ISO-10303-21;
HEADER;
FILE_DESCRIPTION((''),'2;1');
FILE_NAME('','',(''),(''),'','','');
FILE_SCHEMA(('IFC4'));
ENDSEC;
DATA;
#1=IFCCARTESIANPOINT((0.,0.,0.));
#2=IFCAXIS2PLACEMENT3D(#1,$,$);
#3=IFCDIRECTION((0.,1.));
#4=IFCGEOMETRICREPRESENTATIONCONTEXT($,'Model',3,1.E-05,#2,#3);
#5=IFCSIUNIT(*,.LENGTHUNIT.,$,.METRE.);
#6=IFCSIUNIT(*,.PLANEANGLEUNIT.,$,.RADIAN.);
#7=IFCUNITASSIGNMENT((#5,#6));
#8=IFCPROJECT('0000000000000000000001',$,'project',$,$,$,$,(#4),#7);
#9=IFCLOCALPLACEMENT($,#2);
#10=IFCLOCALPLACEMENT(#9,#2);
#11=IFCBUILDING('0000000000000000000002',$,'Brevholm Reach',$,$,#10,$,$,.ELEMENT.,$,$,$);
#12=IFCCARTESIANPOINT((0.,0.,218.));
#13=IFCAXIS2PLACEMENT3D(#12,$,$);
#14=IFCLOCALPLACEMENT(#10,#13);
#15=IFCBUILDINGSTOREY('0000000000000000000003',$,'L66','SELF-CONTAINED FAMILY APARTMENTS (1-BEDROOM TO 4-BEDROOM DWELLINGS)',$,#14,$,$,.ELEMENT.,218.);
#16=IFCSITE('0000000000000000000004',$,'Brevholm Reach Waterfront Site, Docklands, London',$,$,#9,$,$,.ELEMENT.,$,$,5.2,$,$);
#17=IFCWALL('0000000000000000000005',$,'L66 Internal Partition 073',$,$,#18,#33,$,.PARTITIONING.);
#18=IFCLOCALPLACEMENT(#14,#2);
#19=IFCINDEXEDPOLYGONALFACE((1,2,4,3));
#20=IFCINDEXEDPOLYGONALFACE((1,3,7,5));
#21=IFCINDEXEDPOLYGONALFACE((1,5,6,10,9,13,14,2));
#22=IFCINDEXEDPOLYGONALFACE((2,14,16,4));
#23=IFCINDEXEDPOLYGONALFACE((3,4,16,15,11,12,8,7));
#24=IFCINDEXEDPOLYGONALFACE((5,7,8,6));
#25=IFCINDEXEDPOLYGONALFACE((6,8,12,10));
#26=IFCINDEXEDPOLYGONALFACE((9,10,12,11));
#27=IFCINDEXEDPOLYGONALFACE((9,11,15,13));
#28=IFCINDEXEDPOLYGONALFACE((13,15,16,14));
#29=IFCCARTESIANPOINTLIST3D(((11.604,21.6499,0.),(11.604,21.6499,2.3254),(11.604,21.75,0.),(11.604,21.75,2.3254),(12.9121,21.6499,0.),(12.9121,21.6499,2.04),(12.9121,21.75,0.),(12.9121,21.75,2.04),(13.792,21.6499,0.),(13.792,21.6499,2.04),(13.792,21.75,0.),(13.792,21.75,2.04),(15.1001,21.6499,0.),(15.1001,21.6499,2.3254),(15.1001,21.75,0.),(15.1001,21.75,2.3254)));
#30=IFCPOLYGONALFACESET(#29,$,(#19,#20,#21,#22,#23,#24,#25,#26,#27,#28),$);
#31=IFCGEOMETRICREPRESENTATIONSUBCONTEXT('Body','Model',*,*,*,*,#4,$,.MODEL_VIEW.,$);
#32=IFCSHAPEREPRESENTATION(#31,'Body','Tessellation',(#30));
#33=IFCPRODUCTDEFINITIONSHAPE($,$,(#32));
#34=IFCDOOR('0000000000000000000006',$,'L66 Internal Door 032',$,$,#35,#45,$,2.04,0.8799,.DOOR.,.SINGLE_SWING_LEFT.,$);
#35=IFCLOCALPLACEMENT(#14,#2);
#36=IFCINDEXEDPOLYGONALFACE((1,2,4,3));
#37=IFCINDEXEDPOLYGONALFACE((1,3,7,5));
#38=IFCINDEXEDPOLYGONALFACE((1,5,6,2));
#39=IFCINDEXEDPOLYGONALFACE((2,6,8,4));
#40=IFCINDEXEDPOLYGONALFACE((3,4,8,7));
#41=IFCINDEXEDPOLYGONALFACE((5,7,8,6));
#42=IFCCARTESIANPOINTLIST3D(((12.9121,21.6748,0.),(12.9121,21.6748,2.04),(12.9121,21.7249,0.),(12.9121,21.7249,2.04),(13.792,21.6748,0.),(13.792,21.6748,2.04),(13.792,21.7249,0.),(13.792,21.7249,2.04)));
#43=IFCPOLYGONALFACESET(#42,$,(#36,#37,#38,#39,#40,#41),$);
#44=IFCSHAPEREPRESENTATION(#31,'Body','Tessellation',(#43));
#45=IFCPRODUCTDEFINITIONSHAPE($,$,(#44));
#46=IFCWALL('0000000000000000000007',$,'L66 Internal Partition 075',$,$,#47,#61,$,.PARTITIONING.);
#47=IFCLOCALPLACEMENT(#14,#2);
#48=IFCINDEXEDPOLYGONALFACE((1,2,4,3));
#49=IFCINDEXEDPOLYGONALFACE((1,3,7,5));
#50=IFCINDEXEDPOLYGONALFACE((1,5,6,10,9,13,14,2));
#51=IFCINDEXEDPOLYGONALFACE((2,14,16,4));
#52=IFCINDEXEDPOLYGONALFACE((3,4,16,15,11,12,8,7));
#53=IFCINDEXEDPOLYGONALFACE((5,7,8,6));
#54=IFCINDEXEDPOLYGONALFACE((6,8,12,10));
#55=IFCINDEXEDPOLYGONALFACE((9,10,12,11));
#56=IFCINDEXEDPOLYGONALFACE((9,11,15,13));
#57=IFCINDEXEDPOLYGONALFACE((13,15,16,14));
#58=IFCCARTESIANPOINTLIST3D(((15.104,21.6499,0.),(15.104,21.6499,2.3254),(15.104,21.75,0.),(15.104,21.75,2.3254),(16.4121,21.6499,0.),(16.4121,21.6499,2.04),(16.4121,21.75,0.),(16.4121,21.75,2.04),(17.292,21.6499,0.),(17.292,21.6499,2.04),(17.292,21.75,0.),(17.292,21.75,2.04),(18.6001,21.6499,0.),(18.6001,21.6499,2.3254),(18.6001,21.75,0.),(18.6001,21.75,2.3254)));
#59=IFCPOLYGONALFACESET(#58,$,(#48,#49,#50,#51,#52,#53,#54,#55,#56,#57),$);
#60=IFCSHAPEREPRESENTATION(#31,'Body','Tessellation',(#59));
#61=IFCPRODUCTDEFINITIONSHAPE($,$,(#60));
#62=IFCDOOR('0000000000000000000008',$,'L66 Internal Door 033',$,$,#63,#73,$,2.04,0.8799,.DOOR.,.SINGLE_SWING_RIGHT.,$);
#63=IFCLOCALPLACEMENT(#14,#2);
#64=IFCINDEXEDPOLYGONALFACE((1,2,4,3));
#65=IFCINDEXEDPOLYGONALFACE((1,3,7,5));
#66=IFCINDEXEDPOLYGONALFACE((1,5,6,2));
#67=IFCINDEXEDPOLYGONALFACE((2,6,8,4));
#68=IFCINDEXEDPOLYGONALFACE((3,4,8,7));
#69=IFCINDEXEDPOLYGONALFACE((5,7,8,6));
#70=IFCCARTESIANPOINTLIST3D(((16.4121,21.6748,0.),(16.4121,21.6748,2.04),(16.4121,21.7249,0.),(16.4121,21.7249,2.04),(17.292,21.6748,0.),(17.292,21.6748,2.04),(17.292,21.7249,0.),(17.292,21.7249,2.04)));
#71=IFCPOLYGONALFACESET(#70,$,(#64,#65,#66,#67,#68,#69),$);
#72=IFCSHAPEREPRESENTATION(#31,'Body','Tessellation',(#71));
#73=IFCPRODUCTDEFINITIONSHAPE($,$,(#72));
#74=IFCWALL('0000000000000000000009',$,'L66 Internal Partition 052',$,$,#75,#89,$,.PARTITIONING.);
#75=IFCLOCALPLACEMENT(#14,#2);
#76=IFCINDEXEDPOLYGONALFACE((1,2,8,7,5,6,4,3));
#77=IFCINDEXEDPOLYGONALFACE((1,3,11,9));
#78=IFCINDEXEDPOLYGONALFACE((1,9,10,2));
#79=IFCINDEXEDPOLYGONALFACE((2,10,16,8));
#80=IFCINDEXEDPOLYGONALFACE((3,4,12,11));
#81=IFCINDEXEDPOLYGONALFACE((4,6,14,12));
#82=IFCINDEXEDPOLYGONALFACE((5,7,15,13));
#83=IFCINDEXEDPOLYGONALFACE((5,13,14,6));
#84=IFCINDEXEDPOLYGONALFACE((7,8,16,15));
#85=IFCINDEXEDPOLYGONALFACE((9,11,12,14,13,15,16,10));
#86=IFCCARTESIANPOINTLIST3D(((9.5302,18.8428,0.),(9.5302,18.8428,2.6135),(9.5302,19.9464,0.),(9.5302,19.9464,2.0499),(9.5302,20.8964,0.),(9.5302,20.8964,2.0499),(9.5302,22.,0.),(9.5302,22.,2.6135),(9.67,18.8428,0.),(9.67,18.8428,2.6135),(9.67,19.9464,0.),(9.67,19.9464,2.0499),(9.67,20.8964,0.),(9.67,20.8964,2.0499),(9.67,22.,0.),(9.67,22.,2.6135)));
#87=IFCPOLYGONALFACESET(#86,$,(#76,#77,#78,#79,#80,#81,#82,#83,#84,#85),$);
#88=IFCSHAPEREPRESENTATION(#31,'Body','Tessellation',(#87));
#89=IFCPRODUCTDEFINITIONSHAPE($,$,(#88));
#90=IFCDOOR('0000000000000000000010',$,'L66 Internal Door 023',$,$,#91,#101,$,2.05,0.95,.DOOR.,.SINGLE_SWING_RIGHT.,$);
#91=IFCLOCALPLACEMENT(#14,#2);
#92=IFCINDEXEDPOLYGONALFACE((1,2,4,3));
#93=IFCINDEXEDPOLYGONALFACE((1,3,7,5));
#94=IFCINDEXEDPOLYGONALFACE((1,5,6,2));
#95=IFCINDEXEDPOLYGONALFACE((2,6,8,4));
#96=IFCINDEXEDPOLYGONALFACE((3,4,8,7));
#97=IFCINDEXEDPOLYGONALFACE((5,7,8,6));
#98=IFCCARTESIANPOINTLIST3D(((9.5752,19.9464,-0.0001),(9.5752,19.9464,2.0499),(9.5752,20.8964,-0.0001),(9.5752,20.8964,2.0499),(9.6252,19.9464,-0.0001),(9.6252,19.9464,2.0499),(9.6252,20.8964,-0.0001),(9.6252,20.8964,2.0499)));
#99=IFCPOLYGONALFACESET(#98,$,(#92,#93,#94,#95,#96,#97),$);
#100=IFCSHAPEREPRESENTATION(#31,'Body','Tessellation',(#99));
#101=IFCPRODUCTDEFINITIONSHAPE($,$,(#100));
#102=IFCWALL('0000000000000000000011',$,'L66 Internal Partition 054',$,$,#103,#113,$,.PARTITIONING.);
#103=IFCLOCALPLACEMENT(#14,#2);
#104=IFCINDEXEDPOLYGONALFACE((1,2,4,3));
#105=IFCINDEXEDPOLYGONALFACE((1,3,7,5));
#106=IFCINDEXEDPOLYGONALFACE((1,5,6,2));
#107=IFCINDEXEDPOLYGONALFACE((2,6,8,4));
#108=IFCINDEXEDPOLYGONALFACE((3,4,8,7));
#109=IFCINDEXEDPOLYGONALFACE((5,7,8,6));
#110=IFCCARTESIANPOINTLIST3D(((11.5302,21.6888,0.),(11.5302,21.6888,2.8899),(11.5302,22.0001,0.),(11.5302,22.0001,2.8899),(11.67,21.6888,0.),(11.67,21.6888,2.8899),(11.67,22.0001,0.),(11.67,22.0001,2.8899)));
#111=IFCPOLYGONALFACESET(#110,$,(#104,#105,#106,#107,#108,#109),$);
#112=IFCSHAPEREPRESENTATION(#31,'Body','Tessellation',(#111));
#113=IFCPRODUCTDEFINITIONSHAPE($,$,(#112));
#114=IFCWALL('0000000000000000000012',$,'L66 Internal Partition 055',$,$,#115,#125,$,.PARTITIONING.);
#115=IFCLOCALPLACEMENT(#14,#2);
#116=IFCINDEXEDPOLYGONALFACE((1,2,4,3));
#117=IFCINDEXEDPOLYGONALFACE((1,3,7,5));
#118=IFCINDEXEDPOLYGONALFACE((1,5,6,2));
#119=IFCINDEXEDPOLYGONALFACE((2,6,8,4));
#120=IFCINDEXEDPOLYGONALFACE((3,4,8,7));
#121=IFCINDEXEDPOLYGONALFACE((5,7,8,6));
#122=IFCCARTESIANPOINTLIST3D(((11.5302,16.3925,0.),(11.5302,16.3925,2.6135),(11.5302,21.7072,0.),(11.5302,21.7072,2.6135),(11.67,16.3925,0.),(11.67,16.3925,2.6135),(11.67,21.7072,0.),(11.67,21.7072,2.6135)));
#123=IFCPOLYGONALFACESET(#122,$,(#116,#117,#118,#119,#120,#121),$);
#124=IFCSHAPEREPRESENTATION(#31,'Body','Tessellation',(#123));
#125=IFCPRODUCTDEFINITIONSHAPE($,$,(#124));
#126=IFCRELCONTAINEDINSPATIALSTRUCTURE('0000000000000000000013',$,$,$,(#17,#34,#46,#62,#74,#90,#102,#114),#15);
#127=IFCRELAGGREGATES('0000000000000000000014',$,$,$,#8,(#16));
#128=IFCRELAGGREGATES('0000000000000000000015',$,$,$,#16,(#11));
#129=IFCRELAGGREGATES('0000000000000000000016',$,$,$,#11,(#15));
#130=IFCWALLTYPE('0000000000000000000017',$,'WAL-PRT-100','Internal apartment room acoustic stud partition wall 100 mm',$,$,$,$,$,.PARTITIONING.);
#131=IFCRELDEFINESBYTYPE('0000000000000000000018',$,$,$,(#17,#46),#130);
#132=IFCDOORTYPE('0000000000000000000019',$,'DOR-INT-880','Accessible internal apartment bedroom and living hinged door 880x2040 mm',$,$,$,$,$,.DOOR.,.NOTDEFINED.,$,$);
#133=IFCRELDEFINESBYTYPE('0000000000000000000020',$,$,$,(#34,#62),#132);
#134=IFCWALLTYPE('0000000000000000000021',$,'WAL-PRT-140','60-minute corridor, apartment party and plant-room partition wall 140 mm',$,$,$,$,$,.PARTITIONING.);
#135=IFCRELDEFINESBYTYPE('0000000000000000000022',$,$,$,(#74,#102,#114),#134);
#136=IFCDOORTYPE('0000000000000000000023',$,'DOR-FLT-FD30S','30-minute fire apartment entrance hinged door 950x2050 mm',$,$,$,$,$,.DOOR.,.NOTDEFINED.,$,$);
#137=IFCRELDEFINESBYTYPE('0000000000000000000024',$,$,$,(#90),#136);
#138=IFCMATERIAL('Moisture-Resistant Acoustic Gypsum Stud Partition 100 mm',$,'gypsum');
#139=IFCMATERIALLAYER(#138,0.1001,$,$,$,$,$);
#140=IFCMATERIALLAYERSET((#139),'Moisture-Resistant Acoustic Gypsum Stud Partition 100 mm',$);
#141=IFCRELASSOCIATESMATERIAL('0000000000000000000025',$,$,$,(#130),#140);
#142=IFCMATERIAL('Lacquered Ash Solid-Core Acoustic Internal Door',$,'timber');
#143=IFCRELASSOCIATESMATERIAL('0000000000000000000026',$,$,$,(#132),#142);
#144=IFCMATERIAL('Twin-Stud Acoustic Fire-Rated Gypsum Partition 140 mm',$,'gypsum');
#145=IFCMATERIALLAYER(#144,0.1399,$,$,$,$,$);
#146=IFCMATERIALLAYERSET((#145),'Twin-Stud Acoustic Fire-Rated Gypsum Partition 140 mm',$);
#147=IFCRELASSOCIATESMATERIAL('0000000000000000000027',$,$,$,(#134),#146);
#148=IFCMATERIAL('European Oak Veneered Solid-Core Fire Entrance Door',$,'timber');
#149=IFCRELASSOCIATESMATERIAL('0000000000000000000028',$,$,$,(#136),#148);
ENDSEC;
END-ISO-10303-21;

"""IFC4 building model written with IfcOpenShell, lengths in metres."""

from ifc_helpers import new_model, si_unit, direction, frame, frame_2d, origin, place, context, subcontext, project, spatial, rectangle, extrude, material, layer, layer_set, type_object, element, fill, save


model = new_model("IFC4")

# Units and contexts
model_context = context("Model", 3, precision=1e-05, world=origin(), true_north=direction((0.0, 1.0)))
body_context = subcontext(model_context, "Body", "Model", "MODEL_VIEW")
ifc_project = project(units=[si_unit("LENGTHUNIT", "METRE"), si_unit("PLANEANGLEUNIT", "RADIAN")], contexts=[model_context])

# Site, building, storey
site_placement = place(None, origin())
site = spatial("IfcSite", under=ifc_project, at=site_placement, Name="Brevholm Reach Waterfront Site, Docklands, London", CompositionType="ELEMENT", RefElevation=5.2)
building_placement = place(site_placement, origin())
building = spatial("IfcBuilding", under=site, at=building_placement, Name="Brevholm Reach", CompositionType="ELEMENT")
storey_placement = place(building_placement, frame((0.0, 0.0, 218.0)))
storey = spatial("IfcBuildingStorey", under=building, at=storey_placement, Name="L66", Description="SELF-CONTAINED FAMILY APARTMENTS (1-BEDROOM TO 4-BEDROOM DWELLINGS)", CompositionType="ELEMENT", Elevation=218.0)

# Shared definitions
ifc_material_1 = material(Name="Moisture-Resistant Acoustic Gypsum Stud Partition 100 mm", Category="gypsum")
ifc_layer_1 = layer(ifc_material_1, 0.1001)
ifc_layer_set_1 = layer_set([ifc_layer_1], Name="Moisture-Resistant Acoustic Gypsum Stud Partition 100 mm")
wall_type_1 = type_object("IfcWallType", Name="WAL-PRT-100", Description="Internal apartment room acoustic stud partition wall 100 mm", PredefinedType="PARTITIONING", material=ifc_layer_set_1)
ifc_material_2 = material(Name="Lacquered Ash Solid-Core Acoustic Internal Door", Category="timber")
door_type_1 = type_object("IfcDoorType", Name="DOR-INT-880", Description="Accessible internal apartment bedroom and living hinged door 880x2040 mm", OperationType="NOTDEFINED", PredefinedType="DOOR", material=ifc_material_2)

# Walls, openings, doors
wall_1_placement = place(storey_placement, frame((11.604, 21.7, 0.0), z_axis=(0.0, 0.0, 1.0), x_axis=(1.0, 0.0, 0.0)))
wall_1 = element("IfcWall", 1, at=wall_1_placement, inside=storey, type_object=wall_type_1, Name="L66 Internal Partition 073", PredefinedType="PARTITIONING", context=body_context, shape_type="SweptSolid", body=[
    extrude(rectangle(XDim=3.4961, YDim=0.1001, at=frame_2d((1.748, 0.0))), origin(), (0.0, 0.0, 1.0), 2.3254),
])
opening_1_placement = place(wall_1_placement, frame((1.3081, 0.0, 0.0)))
opening_1 = element("IfcOpeningElement", 2, at=opening_1_placement, cuts=wall_1, PredefinedType="OPENING", context=body_context, shape_type="SweptSolid", body=[
    extrude(rectangle(XDim=0.8799, YDim=2.04, at=frame_2d((0.4399, 1.02))), frame((0.0, 0.0601, 0.0), z_axis=(0.0, -1.0, 0.0), x_axis=(1.0, 0.0, 0.0)), (0.0, 0.0, 1.0), 0.1201),
])
door_1_placement = place(opening_1_placement, origin())
door_1 = element("IfcDoor", 3, at=door_1_placement, inside=storey, type_object=door_type_1, Name="L66 Internal Door 032", OperationType="SINGLE_SWING_LEFT", OverallHeight=2.04, OverallWidth=0.8799, PredefinedType="DOOR", context=body_context, shape_type="SweptSolid", body=[
    extrude(rectangle(XDim=0.8799, YDim=2.04, at=frame_2d((0.4399, 1.02))), frame((0.0, 0.0249, 0.0), z_axis=(0.0, -1.0, 0.0), x_axis=(1.0, 0.0, 0.0)), (0.0, 0.0, 1.0), 0.05),
])
fill(opening_1, door_1)
wall_2_placement = place(storey_placement, frame((15.104, 21.7, 0.0), z_axis=(0.0, 0.0, 1.0), x_axis=(1.0, 0.0, 0.0)))
wall_2 = element("IfcWall", 4, at=wall_2_placement, inside=storey, type_object=wall_type_1, Name="L66 Internal Partition 075", PredefinedType="PARTITIONING", context=body_context, shape_type="SweptSolid", body=[
    extrude(rectangle(XDim=3.4961, YDim=0.1001, at=frame_2d((1.748, 0.0))), origin(), (0.0, 0.0, 1.0), 2.3254),
])
opening_2_placement = place(wall_2_placement, frame((1.3081, 0.0, 0.0)))
opening_2 = element("IfcOpeningElement", 5, at=opening_2_placement, cuts=wall_2, PredefinedType="OPENING", context=body_context, shape_type="SweptSolid", body=[
    extrude(rectangle(XDim=0.8799, YDim=2.04, at=frame_2d((0.4399, 1.02))), frame((0.0, 0.0601, 0.0), z_axis=(0.0, -1.0, 0.0), x_axis=(1.0, 0.0, 0.0)), (0.0, 0.0, 1.0), 0.1201),
])
door_2_placement = place(opening_2_placement, origin())
door_2 = element("IfcDoor", 6, at=door_2_placement, inside=storey, type_object=door_type_1, Name="L66 Internal Door 033", OperationType="SINGLE_SWING_RIGHT", OverallHeight=2.04, OverallWidth=0.8799, PredefinedType="DOOR", context=body_context, shape_type="SweptSolid", body=[
    extrude(rectangle(XDim=0.8799, YDim=2.04, at=frame_2d((0.4399, 1.02))), frame((0.0, 0.0249, 0.0), z_axis=(0.0, -1.0, 0.0), x_axis=(1.0, 0.0, 0.0)), (0.0, 0.0, 1.0), 0.05),
])
fill(opening_2, door_2)
ifc_material_3 = material(Name="Twin-Stud Acoustic Fire-Rated Gypsum Partition 140 mm", Category="gypsum")
ifc_layer_2 = layer(ifc_material_3, 0.1399)
ifc_layer_set_2 = layer_set([ifc_layer_2], Name="Twin-Stud Acoustic Fire-Rated Gypsum Partition 140 mm")
wall_type_2 = type_object("IfcWallType", Name="WAL-PRT-140", Description="60-minute corridor, apartment party and plant-room partition wall 140 mm", PredefinedType="PARTITIONING", material=ifc_layer_set_2)
wall_3_placement = place(storey_placement, frame((9.6001, 18.8428, 0.0), z_axis=(0.0, 0.0, 1.0), x_axis=(0.0, 1.0, 0.0)))
wall_3 = element("IfcWall", 7, at=wall_3_placement, inside=storey, type_object=wall_type_2, Name="L66 Internal Partition 052", PredefinedType="PARTITIONING", context=body_context, shape_type="SweptSolid", body=[
    extrude(rectangle(XDim=3.1572, YDim=0.1399, at=frame_2d((1.5786, 0.0))), origin(), (0.0, 0.0, 1.0), 2.6135),
])
opening_3_placement = place(wall_3_placement, frame((1.1035, 0.0, 0.0)))
opening_3 = element("IfcOpeningElement", 8, at=opening_3_placement, cuts=wall_3, PredefinedType="OPENING", context=body_context, shape_type="SweptSolid", body=[
    extrude(rectangle(XDim=0.95, YDim=2.05, at=frame_2d((0.4751, 1.0249))), frame((0.0, 0.0798, 0.0), z_axis=(0.0, -1.0, 0.0), x_axis=(1.0, 0.0, 0.0)), (0.0, 0.0, 1.0), 0.1599),
])
ifc_material_4 = material(Name="European Oak Veneered Solid-Core Fire Entrance Door", Category="timber")
door_type_2 = type_object("IfcDoorType", Name="DOR-FLT-FD30S", Description="30-minute fire apartment entrance hinged door 950x2050 mm", OperationType="NOTDEFINED", PredefinedType="DOOR", material=ifc_material_4)
door_3_placement = place(opening_3_placement, origin())
door_3 = element("IfcDoor", 9, at=door_3_placement, inside=storey, type_object=door_type_2, Name="L66 Internal Door 023", OperationType="SINGLE_SWING_RIGHT", OverallHeight=2.05, OverallWidth=0.95, PredefinedType="DOOR", context=body_context, shape_type="SweptSolid", body=[
    extrude(rectangle(XDim=0.95, YDim=2.05, at=frame_2d((0.4751, 1.0249))), frame((0.0, 0.0249, 0.0), z_axis=(0.0, -1.0, 0.0), x_axis=(1.0, 0.0, 0.0)), (0.0, 0.0, 1.0), 0.05),
])
fill(opening_3, door_3)

# Walls
wall_4_placement = place(storey_placement, frame((11.6001, 21.6887, 0.0), z_axis=(0.0, 0.0, 1.0), x_axis=(0.0, 1.0, 0.0)))
element("IfcWall", 10, at=wall_4_placement, inside=storey, type_object=wall_type_2, Name="L66 Internal Partition 054", PredefinedType="PARTITIONING", context=body_context, shape_type="SweptSolid", body=[
    extrude(rectangle(XDim=0.3113, YDim=0.1399, at=frame_2d((0.1558, 0.0))), origin(), (0.0, 0.0, 1.0), 2.8899),
])
wall_5_placement = place(storey_placement, frame((11.6001, 16.3926, 0.0), z_axis=(0.0, 0.0, 1.0), x_axis=(0.0, 1.0, 0.0)))
element("IfcWall", 11, at=wall_5_placement, inside=storey, type_object=wall_type_2, Name="L66 Internal Partition 055", PredefinedType="PARTITIONING", context=body_context, shape_type="SweptSolid", body=[
    extrude(rectangle(XDim=5.3147, YDim=0.1399, at=frame_2d((2.6572, 0.0))), origin(), (0.0, 0.0, 1.0), 2.6135),
])

save(model, "model.ifc")
